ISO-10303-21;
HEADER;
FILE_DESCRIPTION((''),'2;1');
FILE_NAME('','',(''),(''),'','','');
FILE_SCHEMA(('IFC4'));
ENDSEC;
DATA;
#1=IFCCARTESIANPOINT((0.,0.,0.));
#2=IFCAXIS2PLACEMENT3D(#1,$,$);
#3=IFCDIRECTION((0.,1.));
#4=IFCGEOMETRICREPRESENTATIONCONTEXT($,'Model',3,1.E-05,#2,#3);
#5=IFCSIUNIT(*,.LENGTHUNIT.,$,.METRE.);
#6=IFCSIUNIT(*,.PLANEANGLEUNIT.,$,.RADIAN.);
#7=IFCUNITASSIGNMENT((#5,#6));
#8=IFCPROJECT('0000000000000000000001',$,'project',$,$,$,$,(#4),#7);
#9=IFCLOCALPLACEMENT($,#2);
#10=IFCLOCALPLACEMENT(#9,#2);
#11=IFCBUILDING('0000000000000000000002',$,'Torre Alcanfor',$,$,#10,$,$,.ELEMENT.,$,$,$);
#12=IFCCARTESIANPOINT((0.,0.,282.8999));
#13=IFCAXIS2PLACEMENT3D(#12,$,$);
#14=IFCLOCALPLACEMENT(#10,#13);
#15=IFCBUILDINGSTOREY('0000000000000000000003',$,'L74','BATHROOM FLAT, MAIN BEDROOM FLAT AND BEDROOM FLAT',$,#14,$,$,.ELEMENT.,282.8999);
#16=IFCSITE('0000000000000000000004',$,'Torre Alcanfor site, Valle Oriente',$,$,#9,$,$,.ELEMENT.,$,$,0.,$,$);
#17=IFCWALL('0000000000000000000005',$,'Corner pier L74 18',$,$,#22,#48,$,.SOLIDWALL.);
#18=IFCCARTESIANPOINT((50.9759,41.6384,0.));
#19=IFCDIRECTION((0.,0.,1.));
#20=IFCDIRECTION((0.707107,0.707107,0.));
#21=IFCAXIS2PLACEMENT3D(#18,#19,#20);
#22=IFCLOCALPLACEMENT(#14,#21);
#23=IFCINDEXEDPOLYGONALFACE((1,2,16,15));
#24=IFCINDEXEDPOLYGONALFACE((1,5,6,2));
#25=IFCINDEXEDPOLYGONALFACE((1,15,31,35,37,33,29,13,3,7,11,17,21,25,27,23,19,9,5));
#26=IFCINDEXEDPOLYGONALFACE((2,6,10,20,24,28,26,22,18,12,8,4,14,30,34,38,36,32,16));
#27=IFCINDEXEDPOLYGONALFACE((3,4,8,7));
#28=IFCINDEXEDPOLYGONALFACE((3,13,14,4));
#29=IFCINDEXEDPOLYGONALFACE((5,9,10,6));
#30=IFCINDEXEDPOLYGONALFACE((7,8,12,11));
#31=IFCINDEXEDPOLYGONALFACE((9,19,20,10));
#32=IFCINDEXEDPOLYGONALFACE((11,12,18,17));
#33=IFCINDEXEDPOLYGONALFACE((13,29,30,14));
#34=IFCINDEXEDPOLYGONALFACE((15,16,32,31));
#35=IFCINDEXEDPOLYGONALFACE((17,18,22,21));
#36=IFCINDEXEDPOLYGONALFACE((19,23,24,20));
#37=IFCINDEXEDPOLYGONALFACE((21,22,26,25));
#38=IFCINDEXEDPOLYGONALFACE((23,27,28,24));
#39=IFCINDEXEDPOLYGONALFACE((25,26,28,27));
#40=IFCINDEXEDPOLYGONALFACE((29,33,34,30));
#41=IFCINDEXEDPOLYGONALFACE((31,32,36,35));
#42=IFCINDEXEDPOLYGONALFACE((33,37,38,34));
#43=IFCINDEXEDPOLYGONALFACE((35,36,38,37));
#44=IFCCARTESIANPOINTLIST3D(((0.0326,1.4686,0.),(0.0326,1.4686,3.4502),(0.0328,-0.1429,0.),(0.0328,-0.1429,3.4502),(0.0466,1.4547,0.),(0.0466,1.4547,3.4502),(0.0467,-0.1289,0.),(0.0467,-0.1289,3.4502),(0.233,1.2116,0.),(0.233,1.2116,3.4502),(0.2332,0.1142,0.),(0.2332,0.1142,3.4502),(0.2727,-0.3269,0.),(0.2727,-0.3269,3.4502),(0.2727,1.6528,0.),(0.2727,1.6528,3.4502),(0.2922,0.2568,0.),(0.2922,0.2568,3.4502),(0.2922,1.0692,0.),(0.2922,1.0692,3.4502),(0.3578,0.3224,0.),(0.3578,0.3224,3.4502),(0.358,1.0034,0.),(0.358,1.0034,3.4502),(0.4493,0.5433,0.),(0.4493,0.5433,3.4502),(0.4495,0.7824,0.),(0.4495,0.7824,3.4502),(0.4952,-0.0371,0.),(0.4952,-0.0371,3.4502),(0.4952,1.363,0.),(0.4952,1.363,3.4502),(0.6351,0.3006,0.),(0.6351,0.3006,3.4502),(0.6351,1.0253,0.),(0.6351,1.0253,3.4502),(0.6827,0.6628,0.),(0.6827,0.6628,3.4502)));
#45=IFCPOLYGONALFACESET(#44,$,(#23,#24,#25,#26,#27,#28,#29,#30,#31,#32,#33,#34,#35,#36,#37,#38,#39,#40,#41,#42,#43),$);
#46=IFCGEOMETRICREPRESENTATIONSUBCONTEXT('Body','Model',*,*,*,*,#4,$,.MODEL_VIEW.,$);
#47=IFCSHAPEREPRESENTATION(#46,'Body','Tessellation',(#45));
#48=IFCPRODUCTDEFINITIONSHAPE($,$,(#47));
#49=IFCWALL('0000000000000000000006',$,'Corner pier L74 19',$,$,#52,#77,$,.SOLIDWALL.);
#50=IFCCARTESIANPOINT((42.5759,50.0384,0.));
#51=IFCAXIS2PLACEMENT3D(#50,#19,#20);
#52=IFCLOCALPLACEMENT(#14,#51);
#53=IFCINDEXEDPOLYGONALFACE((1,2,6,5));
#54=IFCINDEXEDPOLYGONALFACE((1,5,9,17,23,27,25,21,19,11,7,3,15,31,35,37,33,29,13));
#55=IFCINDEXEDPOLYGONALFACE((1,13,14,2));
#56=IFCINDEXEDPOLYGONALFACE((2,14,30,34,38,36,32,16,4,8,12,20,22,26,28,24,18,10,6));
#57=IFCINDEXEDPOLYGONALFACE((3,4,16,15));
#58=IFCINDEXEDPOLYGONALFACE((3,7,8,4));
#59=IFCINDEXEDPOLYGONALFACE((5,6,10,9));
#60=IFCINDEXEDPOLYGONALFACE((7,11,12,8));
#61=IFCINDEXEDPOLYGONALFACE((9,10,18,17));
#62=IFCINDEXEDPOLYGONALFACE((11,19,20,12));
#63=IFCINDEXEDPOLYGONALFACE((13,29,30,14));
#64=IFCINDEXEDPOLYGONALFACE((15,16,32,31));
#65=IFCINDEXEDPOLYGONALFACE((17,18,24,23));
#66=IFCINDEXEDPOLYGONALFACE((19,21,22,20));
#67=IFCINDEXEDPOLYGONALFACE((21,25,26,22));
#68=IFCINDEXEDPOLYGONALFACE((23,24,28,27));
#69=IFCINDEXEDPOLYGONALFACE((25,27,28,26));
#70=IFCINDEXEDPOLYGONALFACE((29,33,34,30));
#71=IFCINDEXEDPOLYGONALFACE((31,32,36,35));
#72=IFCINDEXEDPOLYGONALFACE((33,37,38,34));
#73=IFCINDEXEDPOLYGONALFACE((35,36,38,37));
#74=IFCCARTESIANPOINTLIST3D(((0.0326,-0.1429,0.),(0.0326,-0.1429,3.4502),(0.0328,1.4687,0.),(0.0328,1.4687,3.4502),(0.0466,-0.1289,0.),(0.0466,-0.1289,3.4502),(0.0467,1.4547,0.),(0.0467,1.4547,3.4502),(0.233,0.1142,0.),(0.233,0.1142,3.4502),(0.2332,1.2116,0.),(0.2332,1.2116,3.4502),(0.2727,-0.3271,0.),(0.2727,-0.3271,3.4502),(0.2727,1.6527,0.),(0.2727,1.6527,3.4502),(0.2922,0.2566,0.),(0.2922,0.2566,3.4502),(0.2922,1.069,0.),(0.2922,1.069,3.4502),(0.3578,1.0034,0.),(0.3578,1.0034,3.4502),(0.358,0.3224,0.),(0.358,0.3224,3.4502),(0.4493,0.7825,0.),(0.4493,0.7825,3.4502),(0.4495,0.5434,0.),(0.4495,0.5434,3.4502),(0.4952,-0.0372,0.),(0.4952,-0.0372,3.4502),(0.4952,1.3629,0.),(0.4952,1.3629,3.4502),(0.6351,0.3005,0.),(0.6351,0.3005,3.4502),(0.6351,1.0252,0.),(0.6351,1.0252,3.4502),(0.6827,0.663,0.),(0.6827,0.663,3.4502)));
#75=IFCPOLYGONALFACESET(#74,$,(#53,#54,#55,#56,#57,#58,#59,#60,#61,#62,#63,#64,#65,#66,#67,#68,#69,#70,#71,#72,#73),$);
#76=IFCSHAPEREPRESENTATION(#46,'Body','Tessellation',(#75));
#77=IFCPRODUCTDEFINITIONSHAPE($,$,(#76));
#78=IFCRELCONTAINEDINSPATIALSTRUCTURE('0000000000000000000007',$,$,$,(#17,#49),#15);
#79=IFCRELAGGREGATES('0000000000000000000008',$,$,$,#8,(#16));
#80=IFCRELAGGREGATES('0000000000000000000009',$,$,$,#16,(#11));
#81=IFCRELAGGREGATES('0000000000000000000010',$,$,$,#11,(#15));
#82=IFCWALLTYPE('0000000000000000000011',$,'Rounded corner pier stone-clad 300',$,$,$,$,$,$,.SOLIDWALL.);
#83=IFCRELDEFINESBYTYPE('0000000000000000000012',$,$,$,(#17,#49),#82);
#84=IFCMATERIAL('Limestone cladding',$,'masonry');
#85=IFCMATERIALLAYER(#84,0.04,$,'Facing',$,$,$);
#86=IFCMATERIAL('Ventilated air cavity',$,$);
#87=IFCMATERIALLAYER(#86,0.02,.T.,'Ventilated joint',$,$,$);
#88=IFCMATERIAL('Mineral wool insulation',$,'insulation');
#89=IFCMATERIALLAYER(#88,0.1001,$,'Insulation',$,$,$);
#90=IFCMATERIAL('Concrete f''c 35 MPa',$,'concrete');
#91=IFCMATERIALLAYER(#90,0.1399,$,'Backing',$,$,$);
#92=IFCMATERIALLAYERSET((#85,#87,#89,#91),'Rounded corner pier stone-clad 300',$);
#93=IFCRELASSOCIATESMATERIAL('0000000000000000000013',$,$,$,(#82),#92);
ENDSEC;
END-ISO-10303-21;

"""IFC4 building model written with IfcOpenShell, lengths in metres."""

from ifc_helpers import new_model, si_unit, direction, frame, origin, place, context, subcontext, project, spatial, polyline, outline, extrude, material, layer, layer_set, type_object, element, save


model = new_model("IFC4")

# Units and contexts
model_context = context("Model", 3, precision=1e-05, world=origin(), true_north=direction((0.0, 1.0)))
body_context = subcontext(model_context, "Body", "Model", "MODEL_VIEW")
ifc_project = project(units=[si_unit("LENGTHUNIT", "METRE"), si_unit("PLANEANGLEUNIT", "RADIAN")], contexts=[model_context])

# Site, building, storey
site_placement = place(None, origin())
site = spatial("IfcSite", under=ifc_project, at=site_placement, Name="Torre Alcanfor site, Valle Oriente", CompositionType="ELEMENT", RefElevation=0.0)
building_placement = place(site_placement, origin())
building = spatial("IfcBuilding", under=site, at=building_placement, Name="Torre Alcanfor", CompositionType="ELEMENT")
storey_placement = place(building_placement, frame((0.0, 0.0, 282.8999)))
storey = spatial("IfcBuildingStorey", under=building, at=storey_placement, Name="L74", Description="BATHROOM FLAT, MAIN BEDROOM FLAT AND BEDROOM FLAT", CompositionType="ELEMENT", Elevation=282.8999)

# Shared definitions
ifc_material_1 = material(Name="Limestone cladding", Category="masonry")
ifc_material_2 = material(Name="Ventilated air cavity")
ifc_material_3 = material(Name="Mineral wool insulation", Category="insulation")
ifc_material_4 = material(Name="Concrete f'c 35 MPa", Category="concrete")

# Walls
ifc_layer_1 = layer(ifc_material_1, 0.04, Name="Facing")
ifc_layer_2 = layer(ifc_material_2, 0.02, ventilated=True, Name="Ventilated joint")
ifc_layer_3 = layer(ifc_material_3, 0.1001, Name="Insulation")
ifc_layer_4 = layer(ifc_material_4, 0.1399, Name="Backing")
ifc_layer_set_1 = layer_set([ifc_layer_1, ifc_layer_2, ifc_layer_3, ifc_layer_4], Name="Rounded corner pier stone-clad 300")
wall_type_1 = type_object("IfcWallType", Name="Rounded corner pier stone-clad 300", PredefinedType="SOLIDWALL", material=ifc_layer_set_1)
wall_1_placement = place(storey_placement, frame((50.9759, 41.6384, 0.0), z_axis=(0.0, 0.0, 1.0), x_axis=(0.707107, 0.707107, 0.0)))
element("IfcWall", 1, at=wall_1_placement, inside=storey, type_object=wall_type_1, Name="Corner pier L74 18", PredefinedType="SOLIDWALL", context=body_context, shape_type="SweptSolid", body=[
    extrude(outline(polyline([(0.2332, 0.1142), (0.0467, -0.1289), (0.0328, -0.1429), (0.2727, -0.3269), (0.4952, -0.0371), (0.6351, 0.3006), (0.6827, 0.6628), (0.6351, 1.0253), (0.4952, 1.363), (0.2727, 1.6528), (0.0326, 1.4686), (0.0466, 1.4547), (0.233, 1.2116), (0.2922, 1.0692), (0.358, 1.0034), (0.4495, 0.7824), (0.4493, 0.5433), (0.3578, 0.3224), (0.2922, 0.2568), (0.2332, 0.1142)])), origin(), (0.0, 0.0, 1.0), 3.4502),
])
wall_2_placement = place(storey_placement, frame((42.5759, 50.0384, 0.0), z_axis=(0.0, 0.0, 1.0), x_axis=(0.707107, 0.707107, 0.0)))
element("IfcWall", 2, at=wall_2_placement, inside=storey, type_object=wall_type_1, Name="Corner pier L74 19", PredefinedType="SOLIDWALL", context=body_context, shape_type="SweptSolid", body=[
    extrude(outline(polyline([(0.233, 0.1142), (0.0466, -0.1289), (0.0326, -0.1429), (0.2727, -0.3271), (0.4952, -0.0372), (0.6351, 0.3005), (0.6827, 0.663), (0.6351, 1.0252), (0.4952, 1.3629), (0.2727, 1.6527), (0.0328, 1.4687), (0.0467, 1.4547), (0.2332, 1.2116), (0.2922, 1.069), (0.3578, 1.0034), (0.4493, 0.7825), (0.4495, 0.5434), (0.358, 0.3224), (0.2922, 0.2566), (0.233, 0.1142)])), origin(), (0.0, 0.0, 1.0), 3.4502),
])

save(model, "model.ifc")
